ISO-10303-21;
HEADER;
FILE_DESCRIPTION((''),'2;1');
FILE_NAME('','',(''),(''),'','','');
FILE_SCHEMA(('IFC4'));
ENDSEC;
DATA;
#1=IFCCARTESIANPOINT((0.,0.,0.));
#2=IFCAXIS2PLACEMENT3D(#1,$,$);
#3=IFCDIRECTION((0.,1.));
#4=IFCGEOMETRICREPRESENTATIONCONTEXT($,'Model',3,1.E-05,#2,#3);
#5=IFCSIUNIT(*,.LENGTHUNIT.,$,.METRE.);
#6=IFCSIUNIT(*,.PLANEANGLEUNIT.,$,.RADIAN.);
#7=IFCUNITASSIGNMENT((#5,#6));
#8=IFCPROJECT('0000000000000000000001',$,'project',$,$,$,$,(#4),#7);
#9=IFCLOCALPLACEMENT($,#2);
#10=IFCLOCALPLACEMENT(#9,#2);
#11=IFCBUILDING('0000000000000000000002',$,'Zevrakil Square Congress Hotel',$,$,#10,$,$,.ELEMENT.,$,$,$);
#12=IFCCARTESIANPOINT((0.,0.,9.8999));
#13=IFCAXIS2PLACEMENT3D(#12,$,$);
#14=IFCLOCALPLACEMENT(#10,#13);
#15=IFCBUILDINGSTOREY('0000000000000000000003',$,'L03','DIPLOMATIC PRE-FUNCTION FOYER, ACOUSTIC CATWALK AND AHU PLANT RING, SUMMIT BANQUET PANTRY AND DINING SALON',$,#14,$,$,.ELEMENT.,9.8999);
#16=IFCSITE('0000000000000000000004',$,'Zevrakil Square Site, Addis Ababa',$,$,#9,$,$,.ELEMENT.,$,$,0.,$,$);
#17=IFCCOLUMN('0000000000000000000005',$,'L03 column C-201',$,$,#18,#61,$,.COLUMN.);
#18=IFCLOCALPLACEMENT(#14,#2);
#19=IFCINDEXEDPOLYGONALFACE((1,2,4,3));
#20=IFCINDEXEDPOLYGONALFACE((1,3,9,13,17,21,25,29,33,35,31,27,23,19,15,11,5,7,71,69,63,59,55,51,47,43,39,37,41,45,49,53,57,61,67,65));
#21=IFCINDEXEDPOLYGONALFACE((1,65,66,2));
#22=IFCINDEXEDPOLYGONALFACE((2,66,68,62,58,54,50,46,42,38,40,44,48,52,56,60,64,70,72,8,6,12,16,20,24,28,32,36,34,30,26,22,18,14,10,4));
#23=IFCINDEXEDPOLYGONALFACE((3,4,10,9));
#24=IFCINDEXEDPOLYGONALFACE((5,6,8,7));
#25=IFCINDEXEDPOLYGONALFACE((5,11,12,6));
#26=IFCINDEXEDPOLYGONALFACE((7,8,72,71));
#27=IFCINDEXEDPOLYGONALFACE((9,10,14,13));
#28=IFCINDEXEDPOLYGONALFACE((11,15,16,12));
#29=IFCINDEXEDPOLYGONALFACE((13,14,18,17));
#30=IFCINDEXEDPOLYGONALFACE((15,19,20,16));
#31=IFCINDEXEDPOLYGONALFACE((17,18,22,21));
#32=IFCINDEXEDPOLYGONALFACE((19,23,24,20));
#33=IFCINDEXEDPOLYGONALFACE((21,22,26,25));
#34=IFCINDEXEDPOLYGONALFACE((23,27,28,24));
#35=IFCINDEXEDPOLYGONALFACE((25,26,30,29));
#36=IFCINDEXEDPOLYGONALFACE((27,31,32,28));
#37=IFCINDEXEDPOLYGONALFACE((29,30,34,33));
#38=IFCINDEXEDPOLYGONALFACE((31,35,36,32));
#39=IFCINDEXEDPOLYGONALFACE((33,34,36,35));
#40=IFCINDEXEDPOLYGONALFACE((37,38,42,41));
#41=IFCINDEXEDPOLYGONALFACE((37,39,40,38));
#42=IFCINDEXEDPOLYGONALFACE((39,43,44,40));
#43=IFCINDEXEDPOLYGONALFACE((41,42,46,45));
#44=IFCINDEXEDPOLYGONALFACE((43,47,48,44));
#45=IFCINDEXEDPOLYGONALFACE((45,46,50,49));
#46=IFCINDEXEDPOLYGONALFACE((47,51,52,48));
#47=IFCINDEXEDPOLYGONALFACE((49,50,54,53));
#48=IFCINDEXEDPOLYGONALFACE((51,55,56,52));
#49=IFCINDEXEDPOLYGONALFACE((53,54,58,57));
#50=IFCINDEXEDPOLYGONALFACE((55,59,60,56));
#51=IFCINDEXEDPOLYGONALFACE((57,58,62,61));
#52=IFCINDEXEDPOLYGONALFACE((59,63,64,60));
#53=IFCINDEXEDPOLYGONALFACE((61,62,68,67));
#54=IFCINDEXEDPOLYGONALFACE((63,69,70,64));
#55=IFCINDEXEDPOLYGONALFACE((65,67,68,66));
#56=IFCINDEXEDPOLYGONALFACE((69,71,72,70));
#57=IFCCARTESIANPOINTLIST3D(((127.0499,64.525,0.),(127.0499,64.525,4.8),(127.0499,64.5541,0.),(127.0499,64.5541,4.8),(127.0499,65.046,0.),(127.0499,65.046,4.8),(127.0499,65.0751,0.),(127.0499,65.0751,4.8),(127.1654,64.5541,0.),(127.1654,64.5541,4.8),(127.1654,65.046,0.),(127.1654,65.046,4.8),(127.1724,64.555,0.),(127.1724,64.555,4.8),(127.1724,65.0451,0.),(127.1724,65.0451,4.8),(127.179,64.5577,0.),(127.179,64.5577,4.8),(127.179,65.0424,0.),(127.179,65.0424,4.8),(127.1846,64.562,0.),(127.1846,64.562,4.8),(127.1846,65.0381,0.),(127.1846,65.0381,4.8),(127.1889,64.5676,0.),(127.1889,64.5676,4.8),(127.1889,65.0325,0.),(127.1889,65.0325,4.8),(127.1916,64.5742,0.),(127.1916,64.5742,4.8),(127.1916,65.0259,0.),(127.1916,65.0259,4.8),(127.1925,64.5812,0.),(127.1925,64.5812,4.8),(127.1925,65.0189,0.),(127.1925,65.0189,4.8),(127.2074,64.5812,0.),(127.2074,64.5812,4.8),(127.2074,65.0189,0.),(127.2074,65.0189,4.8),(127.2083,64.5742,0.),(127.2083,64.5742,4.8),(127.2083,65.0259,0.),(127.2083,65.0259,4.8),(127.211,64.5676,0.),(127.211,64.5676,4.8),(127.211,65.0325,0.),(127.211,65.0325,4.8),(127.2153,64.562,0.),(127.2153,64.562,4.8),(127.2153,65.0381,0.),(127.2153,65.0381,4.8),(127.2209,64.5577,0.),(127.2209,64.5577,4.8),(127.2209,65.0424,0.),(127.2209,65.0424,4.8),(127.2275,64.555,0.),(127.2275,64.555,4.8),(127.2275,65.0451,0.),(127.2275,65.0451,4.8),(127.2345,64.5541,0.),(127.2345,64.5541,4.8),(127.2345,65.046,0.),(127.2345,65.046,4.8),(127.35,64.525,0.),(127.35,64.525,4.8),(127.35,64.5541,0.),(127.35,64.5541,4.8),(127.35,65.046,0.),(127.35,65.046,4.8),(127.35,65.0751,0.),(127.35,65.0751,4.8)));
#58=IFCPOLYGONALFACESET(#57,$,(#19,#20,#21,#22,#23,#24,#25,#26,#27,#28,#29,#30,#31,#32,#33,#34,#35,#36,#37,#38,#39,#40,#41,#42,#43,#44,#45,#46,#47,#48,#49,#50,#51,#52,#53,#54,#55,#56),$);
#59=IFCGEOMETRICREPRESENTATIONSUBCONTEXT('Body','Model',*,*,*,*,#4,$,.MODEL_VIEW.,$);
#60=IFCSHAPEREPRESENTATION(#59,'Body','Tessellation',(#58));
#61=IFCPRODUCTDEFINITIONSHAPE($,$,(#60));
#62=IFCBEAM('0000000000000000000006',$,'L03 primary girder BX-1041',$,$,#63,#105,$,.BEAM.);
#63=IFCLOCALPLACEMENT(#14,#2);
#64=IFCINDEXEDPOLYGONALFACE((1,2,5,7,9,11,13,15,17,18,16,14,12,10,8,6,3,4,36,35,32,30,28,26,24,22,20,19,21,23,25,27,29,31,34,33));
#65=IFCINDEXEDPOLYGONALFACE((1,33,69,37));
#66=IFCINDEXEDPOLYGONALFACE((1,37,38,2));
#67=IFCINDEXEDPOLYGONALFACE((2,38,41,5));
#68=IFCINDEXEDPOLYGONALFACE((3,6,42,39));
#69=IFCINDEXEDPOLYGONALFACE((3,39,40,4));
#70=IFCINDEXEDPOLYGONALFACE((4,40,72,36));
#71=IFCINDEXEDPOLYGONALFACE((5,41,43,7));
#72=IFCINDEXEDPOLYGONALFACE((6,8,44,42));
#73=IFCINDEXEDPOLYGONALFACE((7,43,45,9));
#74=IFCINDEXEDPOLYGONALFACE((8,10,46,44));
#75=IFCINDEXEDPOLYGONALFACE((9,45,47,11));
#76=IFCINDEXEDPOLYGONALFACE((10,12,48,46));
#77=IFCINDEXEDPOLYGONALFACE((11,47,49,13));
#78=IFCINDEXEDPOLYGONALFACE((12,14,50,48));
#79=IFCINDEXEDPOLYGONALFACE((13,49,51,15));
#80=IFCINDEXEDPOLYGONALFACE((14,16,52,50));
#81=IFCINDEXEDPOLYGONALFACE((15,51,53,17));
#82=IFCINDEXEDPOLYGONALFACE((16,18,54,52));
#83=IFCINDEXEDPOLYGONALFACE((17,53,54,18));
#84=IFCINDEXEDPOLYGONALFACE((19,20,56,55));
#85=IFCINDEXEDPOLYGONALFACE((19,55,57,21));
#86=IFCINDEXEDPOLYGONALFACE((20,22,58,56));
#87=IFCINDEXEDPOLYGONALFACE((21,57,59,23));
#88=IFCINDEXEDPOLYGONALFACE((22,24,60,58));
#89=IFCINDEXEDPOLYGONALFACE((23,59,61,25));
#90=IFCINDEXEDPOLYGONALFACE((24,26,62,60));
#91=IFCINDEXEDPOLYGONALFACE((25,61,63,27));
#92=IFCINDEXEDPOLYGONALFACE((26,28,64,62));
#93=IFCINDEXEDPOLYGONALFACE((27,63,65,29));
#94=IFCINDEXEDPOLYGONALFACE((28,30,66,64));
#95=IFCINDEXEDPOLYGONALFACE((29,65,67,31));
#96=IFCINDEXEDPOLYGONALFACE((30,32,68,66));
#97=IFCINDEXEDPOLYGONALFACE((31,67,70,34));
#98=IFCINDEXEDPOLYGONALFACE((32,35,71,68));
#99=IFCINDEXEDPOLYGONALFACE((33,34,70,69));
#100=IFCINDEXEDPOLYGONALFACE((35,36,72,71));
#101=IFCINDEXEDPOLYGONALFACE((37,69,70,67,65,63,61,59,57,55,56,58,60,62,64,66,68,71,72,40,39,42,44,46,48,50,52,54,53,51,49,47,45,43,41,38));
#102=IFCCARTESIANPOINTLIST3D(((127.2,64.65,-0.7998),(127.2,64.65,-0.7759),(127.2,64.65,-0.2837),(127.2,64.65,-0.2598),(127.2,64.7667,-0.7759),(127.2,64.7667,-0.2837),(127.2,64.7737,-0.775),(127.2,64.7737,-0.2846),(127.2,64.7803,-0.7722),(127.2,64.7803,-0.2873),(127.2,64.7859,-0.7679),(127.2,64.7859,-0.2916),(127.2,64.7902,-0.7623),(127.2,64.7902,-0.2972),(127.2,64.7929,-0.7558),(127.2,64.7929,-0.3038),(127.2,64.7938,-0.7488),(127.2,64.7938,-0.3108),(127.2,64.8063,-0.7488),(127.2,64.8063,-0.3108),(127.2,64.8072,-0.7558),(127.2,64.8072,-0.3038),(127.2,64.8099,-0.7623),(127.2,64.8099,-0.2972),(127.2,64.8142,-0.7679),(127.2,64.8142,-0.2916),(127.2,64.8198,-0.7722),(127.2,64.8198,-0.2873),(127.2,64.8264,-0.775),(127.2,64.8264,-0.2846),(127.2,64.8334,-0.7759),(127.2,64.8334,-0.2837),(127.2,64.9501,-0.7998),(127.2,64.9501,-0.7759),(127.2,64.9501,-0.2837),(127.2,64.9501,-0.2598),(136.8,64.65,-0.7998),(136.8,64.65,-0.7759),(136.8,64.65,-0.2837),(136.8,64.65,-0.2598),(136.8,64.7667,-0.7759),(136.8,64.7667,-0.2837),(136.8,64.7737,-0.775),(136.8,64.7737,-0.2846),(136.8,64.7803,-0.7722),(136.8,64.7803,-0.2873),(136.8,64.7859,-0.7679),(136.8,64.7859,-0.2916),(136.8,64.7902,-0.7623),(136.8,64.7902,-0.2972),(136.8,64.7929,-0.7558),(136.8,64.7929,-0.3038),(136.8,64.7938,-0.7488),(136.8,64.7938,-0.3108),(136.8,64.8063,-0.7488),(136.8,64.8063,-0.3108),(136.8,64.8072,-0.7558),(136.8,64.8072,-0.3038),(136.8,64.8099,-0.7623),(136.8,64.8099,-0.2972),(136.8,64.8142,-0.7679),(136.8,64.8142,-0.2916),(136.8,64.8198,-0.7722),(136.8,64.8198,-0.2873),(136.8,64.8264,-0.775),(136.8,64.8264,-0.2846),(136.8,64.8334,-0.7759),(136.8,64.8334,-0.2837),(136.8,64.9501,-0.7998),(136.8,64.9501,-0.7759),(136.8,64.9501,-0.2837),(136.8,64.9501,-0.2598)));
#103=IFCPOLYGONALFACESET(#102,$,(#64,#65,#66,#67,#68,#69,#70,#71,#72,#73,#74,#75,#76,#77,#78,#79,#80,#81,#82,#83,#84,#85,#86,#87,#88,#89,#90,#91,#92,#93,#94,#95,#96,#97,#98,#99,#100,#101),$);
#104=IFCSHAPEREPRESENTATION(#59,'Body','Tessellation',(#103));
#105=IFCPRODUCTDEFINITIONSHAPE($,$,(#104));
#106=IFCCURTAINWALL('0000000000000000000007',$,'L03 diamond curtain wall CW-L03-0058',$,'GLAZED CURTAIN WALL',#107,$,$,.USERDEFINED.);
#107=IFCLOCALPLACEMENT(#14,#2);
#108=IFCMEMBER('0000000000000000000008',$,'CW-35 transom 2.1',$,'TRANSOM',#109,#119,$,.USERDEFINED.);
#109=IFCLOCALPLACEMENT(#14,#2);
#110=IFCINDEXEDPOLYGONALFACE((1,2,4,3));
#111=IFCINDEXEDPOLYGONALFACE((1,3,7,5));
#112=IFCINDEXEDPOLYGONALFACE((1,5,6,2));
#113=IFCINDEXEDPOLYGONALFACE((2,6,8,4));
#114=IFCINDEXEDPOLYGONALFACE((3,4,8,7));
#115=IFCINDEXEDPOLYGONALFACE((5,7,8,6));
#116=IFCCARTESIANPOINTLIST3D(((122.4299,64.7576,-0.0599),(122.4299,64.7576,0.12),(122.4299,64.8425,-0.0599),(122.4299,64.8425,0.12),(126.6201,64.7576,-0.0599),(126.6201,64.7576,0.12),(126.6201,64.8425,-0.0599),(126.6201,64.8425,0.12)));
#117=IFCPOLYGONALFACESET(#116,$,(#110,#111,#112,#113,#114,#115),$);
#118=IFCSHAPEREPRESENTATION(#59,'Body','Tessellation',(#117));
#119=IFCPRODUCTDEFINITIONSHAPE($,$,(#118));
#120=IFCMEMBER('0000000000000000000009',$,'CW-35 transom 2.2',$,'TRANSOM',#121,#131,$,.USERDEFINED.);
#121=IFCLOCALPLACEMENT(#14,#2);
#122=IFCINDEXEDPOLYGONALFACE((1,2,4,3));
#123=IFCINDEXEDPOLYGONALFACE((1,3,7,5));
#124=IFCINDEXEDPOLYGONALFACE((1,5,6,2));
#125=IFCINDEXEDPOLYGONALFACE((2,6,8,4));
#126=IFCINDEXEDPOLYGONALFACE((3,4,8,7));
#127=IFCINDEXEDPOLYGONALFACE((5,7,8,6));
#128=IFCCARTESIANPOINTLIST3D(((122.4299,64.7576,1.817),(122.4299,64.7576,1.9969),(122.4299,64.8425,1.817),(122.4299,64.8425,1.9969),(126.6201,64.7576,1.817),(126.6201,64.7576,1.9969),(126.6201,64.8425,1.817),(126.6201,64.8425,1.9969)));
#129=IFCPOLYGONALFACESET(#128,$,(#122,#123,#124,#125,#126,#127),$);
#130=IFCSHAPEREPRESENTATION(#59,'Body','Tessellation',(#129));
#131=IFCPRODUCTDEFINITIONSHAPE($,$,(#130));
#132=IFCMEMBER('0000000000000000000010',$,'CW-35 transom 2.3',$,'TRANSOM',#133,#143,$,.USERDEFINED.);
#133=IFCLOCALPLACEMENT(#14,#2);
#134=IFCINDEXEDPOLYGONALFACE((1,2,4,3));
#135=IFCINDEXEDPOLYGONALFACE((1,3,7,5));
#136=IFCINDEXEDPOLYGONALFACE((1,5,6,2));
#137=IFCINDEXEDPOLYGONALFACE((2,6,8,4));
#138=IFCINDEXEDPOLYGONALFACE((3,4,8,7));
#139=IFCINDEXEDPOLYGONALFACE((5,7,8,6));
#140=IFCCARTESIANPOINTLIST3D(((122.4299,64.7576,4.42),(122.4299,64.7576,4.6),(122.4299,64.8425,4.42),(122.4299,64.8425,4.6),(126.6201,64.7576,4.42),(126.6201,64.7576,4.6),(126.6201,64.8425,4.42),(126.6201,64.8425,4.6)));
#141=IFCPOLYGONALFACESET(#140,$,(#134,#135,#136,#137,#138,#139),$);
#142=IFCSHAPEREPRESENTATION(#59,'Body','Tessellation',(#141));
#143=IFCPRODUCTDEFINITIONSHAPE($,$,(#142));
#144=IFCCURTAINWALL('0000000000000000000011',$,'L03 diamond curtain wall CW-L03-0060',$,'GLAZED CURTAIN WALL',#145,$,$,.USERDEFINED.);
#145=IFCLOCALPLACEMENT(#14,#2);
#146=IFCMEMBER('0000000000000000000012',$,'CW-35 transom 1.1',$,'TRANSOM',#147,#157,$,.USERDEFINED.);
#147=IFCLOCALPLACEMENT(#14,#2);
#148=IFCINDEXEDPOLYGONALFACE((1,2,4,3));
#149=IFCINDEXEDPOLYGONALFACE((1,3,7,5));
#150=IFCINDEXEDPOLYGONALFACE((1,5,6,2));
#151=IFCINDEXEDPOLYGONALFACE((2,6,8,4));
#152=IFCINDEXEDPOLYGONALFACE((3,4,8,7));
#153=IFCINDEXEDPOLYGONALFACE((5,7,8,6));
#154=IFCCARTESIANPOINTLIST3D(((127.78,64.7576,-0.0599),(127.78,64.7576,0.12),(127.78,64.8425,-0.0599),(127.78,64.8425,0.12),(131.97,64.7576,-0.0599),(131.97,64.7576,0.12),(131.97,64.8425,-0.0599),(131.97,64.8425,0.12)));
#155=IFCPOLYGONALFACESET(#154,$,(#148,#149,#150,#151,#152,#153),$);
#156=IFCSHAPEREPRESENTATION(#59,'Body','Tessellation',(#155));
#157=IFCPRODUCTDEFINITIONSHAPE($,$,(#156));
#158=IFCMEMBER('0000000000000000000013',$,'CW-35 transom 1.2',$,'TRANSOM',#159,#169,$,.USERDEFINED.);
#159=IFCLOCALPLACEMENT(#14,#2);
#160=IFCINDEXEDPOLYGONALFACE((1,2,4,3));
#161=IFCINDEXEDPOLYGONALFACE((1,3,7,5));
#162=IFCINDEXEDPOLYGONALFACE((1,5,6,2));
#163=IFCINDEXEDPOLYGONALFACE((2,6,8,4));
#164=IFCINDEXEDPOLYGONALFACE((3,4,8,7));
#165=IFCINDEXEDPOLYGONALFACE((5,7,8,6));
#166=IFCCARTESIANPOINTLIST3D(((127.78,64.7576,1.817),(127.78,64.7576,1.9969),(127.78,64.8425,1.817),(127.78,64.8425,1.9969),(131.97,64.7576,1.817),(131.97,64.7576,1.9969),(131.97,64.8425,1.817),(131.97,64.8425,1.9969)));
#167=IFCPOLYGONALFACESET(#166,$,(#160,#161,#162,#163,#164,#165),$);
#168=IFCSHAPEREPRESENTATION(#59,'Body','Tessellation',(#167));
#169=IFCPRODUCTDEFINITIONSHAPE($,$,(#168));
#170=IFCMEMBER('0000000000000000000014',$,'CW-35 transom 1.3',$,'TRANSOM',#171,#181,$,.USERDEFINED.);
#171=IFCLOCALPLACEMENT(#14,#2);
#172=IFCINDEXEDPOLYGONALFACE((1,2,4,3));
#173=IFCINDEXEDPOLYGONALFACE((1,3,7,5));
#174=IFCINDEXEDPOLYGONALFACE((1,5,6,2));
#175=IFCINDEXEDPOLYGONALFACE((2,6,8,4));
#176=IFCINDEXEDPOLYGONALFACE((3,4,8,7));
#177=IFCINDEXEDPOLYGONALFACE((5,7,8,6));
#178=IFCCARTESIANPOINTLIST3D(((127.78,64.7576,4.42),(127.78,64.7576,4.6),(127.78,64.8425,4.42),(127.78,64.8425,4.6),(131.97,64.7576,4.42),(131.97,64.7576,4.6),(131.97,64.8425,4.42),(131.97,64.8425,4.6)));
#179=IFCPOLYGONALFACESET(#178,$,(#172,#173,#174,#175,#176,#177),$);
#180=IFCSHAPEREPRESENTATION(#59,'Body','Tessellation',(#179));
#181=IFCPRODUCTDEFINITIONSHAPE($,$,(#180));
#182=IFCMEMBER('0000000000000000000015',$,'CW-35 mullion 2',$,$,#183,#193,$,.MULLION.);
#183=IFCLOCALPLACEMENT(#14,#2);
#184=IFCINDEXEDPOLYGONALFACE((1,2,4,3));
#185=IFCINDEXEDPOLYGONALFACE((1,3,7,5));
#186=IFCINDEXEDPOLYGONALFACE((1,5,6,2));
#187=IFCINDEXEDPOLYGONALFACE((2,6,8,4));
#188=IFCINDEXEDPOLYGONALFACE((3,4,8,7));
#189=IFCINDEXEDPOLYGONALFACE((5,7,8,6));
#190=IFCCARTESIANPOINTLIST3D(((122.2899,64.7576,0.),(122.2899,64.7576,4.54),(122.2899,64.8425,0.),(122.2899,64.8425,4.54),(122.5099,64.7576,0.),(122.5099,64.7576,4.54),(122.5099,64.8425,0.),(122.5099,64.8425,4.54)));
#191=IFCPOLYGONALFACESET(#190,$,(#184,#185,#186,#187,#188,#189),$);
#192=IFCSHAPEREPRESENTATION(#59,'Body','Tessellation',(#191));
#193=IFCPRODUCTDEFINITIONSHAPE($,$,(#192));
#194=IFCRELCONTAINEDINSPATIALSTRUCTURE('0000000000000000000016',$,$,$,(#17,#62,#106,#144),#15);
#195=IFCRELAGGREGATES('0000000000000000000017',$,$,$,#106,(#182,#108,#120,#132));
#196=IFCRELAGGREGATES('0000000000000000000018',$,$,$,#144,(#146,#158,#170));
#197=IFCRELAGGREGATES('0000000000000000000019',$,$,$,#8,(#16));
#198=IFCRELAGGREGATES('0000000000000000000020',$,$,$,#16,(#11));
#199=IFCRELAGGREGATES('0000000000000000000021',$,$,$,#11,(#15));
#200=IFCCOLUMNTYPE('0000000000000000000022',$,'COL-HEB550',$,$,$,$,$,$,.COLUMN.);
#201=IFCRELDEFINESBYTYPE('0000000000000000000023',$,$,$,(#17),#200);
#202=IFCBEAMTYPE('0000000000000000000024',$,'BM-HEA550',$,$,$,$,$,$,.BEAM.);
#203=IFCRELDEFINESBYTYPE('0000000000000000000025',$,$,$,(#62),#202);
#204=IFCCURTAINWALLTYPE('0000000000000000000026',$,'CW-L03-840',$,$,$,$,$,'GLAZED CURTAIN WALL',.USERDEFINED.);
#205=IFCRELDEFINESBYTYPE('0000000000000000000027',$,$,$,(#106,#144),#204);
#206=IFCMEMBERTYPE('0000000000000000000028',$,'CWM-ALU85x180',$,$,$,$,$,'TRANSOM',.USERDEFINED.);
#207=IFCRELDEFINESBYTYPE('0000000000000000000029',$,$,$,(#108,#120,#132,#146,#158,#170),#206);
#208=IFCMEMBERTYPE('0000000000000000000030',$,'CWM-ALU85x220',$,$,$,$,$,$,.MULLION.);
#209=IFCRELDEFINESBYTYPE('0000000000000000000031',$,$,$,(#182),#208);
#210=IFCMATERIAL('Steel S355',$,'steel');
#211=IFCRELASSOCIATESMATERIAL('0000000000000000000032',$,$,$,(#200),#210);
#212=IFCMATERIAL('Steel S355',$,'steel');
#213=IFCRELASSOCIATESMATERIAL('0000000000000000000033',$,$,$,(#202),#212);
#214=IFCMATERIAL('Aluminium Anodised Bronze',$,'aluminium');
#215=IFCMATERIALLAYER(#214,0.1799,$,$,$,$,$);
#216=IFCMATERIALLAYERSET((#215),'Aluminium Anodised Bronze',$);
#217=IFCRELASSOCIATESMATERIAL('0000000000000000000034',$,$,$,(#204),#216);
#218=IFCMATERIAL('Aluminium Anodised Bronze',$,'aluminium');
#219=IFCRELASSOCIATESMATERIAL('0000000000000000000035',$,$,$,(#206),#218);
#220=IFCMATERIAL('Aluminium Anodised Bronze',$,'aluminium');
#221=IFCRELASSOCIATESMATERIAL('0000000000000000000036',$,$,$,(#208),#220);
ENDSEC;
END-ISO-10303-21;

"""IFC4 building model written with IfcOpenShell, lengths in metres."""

from ifc_helpers import new_model, si_unit, direction, frame, origin, origin_2d, place, context, subcontext, project, spatial, rectangle, i_section, extrude, material, layer, layer_set, material_profile, profile_set, type_object, element, aggregate, save


model = new_model("IFC4")

# Units and contexts
model_context = context("Model", 3, precision=1e-05, world=origin(), true_north=direction((0.0, 1.0)))
body_context = subcontext(model_context, "Body", "Model", "MODEL_VIEW")
ifc_project = project(units=[si_unit("LENGTHUNIT", "METRE"), si_unit("PLANEANGLEUNIT", "RADIAN")], contexts=[model_context])

# Site, building, storey
site_placement = place(None, origin())
site = spatial("IfcSite", under=ifc_project, at=site_placement, Name="Zevrakil Square Site, Addis Ababa", CompositionType="ELEMENT", RefElevation=0.0)
building_placement = place(site_placement, origin())
building = spatial("IfcBuilding", under=site, at=building_placement, Name="Zevrakil Square Congress Hotel", CompositionType="ELEMENT")
storey_placement = place(building_placement, frame((0.0, 0.0, 9.8999)))
storey = spatial("IfcBuildingStorey", under=building, at=storey_placement, Name="L03", Description="DIPLOMATIC PRE-FUNCTION FOYER, ACOUSTIC CATWALK AND AHU PLANT RING, SUMMIT BANQUET PANTRY AND DINING SALON", CompositionType="ELEMENT", Elevation=9.8999)

# Column
ifc_material_1 = material(Name="Steel S355", Category="steel")
ifc_material_profile_1 = material_profile(ifc_material_1, i_section(OverallWidth=0.3, OverallDepth=0.55, WebThickness=0.0149, FlangeThickness=0.0291, FilletRadius=0.0271, at=origin_2d()), Name="HEB 550")
ifc_profile_set_1 = profile_set([ifc_material_profile_1], Name="Steel S355")
column_type = type_object("IfcColumnType", Name="COL-HEB550", PredefinedType="COLUMN", material=ifc_profile_set_1)
column_placement = place(storey_placement, frame((127.2, 64.8, 0.0), z_axis=(0.0, 0.0, 1.0), x_axis=(1.0, 0.0, 0.0)))
element("IfcColumn", 1, at=column_placement, inside=storey, type_object=column_type, Name="L03 column C-201", PredefinedType="COLUMN", context=body_context, shape_type="SweptSolid", body=[
    extrude(i_section(OverallWidth=0.3, OverallDepth=0.55, WebThickness=0.0149, FlangeThickness=0.0291, FilletRadius=0.0271, at=origin_2d()), origin(), (0.0, 0.0, 1.0), 4.8),
])

# Beam
ifc_material_2 = material(Name="Steel S355", Category="steel")
ifc_material_profile_2 = material_profile(ifc_material_2, i_section(OverallWidth=0.3, OverallDepth=0.54, WebThickness=0.0125, FlangeThickness=0.0239, FilletRadius=0.0271, at=origin_2d()), Name="HEA 550")
ifc_profile_set_2 = profile_set([ifc_material_profile_2], Name="Steel S355")
beam_type = type_object("IfcBeamType", Name="BM-HEA550", PredefinedType="BEAM", material=ifc_profile_set_2)
beam_placement = place(storey_placement, frame((127.2, 64.8, -0.5298), z_axis=(1.0, 0.0, 0.0), x_axis=(0.0, 1.0, 0.0)))
element("IfcBeam", 2, at=beam_placement, inside=storey, type_object=beam_type, Name="L03 primary girder BX-1041", PredefinedType="BEAM", context=body_context, shape_type="SweptSolid", body=[
    extrude(i_section(OverallWidth=0.3, OverallDepth=0.54, WebThickness=0.0125, FlangeThickness=0.0239, FilletRadius=0.0271, at=origin_2d()), origin(), (0.0, 0.0, 1.0), 9.6001),
])

# Curtain walls, members
ifc_material_3 = material(Name="Aluminium Anodised Bronze", Category="aluminium")
ifc_layer_1 = layer(ifc_material_3, 0.1799)
ifc_layer_set_1 = layer_set([ifc_layer_1], Name="Aluminium Anodised Bronze")
curtain_wall_type = type_object("IfcCurtainWallType", Name="CW-L03-840", ElementType="GLAZED CURTAIN WALL", PredefinedType="USERDEFINED", material=ifc_layer_set_1)
curtain_wall_1_placement = place(storey_placement, origin())
curtain_wall_1 = element("IfcCurtainWall", 3, at=curtain_wall_1_placement, inside=storey, type_object=curtain_wall_type, Name="L03 diamond curtain wall CW-L03-0058", ObjectType="GLAZED CURTAIN WALL", PredefinedType="USERDEFINED")
ifc_material_4 = material(Name="Aluminium Anodised Bronze", Category="aluminium")
ifc_material_profile_3 = material_profile(ifc_material_4, rectangle(XDim=0.085, YDim=0.1799, at=origin_2d()), Name="ALU 85x180")
ifc_profile_set_3 = profile_set([ifc_material_profile_3], Name="Aluminium Anodised Bronze")
member_type_1 = type_object("IfcMemberType", Name="CWM-ALU85x180", ElementType="TRANSOM", PredefinedType="USERDEFINED", material=ifc_profile_set_3)
member_1_placement = place(storey_placement, frame((122.4299, 64.8, 0.03), z_axis=(1.0, 0.0, 0.0), x_axis=(0.0, 1.0, 0.0)))
member_1 = element("IfcMember", 4, at=member_1_placement, type_object=member_type_1, Name="CW-35 transom 2.1", ObjectType="TRANSOM", PredefinedType="USERDEFINED", context=body_context, shape_type="SweptSolid", body=[
    extrude(rectangle(XDim=0.085, YDim=0.1799, at=origin_2d()), origin(), (0.0, 0.0, 1.0), 4.1902),
])
member_2_placement = place(storey_placement, frame((122.4299, 64.8, 1.907), z_axis=(1.0, 0.0, 0.0), x_axis=(0.0, 1.0, 0.0)))
member_2 = element("IfcMember", 5, at=member_2_placement, type_object=member_type_1, Name="CW-35 transom 2.2", ObjectType="TRANSOM", PredefinedType="USERDEFINED", context=body_context, shape_type="SweptSolid", body=[
    extrude(rectangle(XDim=0.085, YDim=0.1799, at=origin_2d()), origin(), (0.0, 0.0, 1.0), 4.1902),
])
member_3_placement = place(storey_placement, frame((122.4299, 64.8, 4.51), z_axis=(1.0, 0.0, 0.0), x_axis=(0.0, 1.0, 0.0)))
member_3 = element("IfcMember", 6, at=member_3_placement, type_object=member_type_1, Name="CW-35 transom 2.3", ObjectType="TRANSOM", PredefinedType="USERDEFINED", context=body_context, shape_type="SweptSolid", body=[
    extrude(rectangle(XDim=0.085, YDim=0.1799, at=origin_2d()), origin(), (0.0, 0.0, 1.0), 4.1902),
])
curtain_wall_2_placement = place(storey_placement, origin())
curtain_wall_2 = element("IfcCurtainWall", 7, at=curtain_wall_2_placement, inside=storey, type_object=curtain_wall_type, Name="L03 diamond curtain wall CW-L03-0060", ObjectType="GLAZED CURTAIN WALL", PredefinedType="USERDEFINED")
member_4_placement = place(storey_placement, frame((127.78, 64.8, 0.03), z_axis=(1.0, 0.0, 0.0), x_axis=(0.0, 1.0, 0.0)))
member_4 = element("IfcMember", 8, at=member_4_placement, type_object=member_type_1, Name="CW-35 transom 1.1", ObjectType="TRANSOM", PredefinedType="USERDEFINED", context=body_context, shape_type="SweptSolid", body=[
    extrude(rectangle(XDim=0.085, YDim=0.1799, at=origin_2d()), origin(), (0.0, 0.0, 1.0), 4.1899),
])
member_5_placement = place(storey_placement, frame((127.78, 64.8, 1.907), z_axis=(1.0, 0.0, 0.0), x_axis=(0.0, 1.0, 0.0)))
member_5 = element("IfcMember", 9, at=member_5_placement, type_object=member_type_1, Name="CW-35 transom 1.2", ObjectType="TRANSOM", PredefinedType="USERDEFINED", context=body_context, shape_type="SweptSolid", body=[
    extrude(rectangle(XDim=0.085, YDim=0.1799, at=origin_2d()), origin(), (0.0, 0.0, 1.0), 4.1899),
])
member_6_placement = place(storey_placement, frame((127.78, 64.8, 4.51), z_axis=(1.0, 0.0, 0.0), x_axis=(0.0, 1.0, 0.0)))
member_6 = element("IfcMember", 10, at=member_6_placement, type_object=member_type_1, Name="CW-35 transom 1.3", ObjectType="TRANSOM", PredefinedType="USERDEFINED", context=body_context, shape_type="SweptSolid", body=[
    extrude(rectangle(XDim=0.085, YDim=0.1799, at=origin_2d()), origin(), (0.0, 0.0, 1.0), 4.1899),
])

# Member
ifc_material_5 = material(Name="Aluminium Anodised Bronze", Category="aluminium")
ifc_material_profile_4 = material_profile(ifc_material_5, rectangle(XDim=0.085, YDim=0.22, at=origin_2d()), Name="ALU 85x220")
ifc_profile_set_4 = profile_set([ifc_material_profile_4], Name="Aluminium Anodised Bronze")
member_type_2 = type_object("IfcMemberType", Name="CWM-ALU85x220", PredefinedType="MULLION", material=ifc_profile_set_4)
member_7_placement = place(storey_placement, frame((122.3999, 64.8, 0.0), z_axis=(0.0, 0.0, 1.0), x_axis=(0.0, 1.0, 0.0)))
member_7 = element("IfcMember", 11, at=member_7_placement, type_object=member_type_2, Name="CW-35 mullion 2", PredefinedType="MULLION", context=body_context, shape_type="SweptSolid", body=[
    extrude(rectangle(XDim=0.085, YDim=0.22, at=origin_2d()), origin(), (0.0, 0.0, 1.0), 4.54),
])

aggregate(curtain_wall_1, [member_7, member_1, member_2, member_3])
aggregate(curtain_wall_2, [member_4, member_5, member_6])

save(model, "model.ifc")
